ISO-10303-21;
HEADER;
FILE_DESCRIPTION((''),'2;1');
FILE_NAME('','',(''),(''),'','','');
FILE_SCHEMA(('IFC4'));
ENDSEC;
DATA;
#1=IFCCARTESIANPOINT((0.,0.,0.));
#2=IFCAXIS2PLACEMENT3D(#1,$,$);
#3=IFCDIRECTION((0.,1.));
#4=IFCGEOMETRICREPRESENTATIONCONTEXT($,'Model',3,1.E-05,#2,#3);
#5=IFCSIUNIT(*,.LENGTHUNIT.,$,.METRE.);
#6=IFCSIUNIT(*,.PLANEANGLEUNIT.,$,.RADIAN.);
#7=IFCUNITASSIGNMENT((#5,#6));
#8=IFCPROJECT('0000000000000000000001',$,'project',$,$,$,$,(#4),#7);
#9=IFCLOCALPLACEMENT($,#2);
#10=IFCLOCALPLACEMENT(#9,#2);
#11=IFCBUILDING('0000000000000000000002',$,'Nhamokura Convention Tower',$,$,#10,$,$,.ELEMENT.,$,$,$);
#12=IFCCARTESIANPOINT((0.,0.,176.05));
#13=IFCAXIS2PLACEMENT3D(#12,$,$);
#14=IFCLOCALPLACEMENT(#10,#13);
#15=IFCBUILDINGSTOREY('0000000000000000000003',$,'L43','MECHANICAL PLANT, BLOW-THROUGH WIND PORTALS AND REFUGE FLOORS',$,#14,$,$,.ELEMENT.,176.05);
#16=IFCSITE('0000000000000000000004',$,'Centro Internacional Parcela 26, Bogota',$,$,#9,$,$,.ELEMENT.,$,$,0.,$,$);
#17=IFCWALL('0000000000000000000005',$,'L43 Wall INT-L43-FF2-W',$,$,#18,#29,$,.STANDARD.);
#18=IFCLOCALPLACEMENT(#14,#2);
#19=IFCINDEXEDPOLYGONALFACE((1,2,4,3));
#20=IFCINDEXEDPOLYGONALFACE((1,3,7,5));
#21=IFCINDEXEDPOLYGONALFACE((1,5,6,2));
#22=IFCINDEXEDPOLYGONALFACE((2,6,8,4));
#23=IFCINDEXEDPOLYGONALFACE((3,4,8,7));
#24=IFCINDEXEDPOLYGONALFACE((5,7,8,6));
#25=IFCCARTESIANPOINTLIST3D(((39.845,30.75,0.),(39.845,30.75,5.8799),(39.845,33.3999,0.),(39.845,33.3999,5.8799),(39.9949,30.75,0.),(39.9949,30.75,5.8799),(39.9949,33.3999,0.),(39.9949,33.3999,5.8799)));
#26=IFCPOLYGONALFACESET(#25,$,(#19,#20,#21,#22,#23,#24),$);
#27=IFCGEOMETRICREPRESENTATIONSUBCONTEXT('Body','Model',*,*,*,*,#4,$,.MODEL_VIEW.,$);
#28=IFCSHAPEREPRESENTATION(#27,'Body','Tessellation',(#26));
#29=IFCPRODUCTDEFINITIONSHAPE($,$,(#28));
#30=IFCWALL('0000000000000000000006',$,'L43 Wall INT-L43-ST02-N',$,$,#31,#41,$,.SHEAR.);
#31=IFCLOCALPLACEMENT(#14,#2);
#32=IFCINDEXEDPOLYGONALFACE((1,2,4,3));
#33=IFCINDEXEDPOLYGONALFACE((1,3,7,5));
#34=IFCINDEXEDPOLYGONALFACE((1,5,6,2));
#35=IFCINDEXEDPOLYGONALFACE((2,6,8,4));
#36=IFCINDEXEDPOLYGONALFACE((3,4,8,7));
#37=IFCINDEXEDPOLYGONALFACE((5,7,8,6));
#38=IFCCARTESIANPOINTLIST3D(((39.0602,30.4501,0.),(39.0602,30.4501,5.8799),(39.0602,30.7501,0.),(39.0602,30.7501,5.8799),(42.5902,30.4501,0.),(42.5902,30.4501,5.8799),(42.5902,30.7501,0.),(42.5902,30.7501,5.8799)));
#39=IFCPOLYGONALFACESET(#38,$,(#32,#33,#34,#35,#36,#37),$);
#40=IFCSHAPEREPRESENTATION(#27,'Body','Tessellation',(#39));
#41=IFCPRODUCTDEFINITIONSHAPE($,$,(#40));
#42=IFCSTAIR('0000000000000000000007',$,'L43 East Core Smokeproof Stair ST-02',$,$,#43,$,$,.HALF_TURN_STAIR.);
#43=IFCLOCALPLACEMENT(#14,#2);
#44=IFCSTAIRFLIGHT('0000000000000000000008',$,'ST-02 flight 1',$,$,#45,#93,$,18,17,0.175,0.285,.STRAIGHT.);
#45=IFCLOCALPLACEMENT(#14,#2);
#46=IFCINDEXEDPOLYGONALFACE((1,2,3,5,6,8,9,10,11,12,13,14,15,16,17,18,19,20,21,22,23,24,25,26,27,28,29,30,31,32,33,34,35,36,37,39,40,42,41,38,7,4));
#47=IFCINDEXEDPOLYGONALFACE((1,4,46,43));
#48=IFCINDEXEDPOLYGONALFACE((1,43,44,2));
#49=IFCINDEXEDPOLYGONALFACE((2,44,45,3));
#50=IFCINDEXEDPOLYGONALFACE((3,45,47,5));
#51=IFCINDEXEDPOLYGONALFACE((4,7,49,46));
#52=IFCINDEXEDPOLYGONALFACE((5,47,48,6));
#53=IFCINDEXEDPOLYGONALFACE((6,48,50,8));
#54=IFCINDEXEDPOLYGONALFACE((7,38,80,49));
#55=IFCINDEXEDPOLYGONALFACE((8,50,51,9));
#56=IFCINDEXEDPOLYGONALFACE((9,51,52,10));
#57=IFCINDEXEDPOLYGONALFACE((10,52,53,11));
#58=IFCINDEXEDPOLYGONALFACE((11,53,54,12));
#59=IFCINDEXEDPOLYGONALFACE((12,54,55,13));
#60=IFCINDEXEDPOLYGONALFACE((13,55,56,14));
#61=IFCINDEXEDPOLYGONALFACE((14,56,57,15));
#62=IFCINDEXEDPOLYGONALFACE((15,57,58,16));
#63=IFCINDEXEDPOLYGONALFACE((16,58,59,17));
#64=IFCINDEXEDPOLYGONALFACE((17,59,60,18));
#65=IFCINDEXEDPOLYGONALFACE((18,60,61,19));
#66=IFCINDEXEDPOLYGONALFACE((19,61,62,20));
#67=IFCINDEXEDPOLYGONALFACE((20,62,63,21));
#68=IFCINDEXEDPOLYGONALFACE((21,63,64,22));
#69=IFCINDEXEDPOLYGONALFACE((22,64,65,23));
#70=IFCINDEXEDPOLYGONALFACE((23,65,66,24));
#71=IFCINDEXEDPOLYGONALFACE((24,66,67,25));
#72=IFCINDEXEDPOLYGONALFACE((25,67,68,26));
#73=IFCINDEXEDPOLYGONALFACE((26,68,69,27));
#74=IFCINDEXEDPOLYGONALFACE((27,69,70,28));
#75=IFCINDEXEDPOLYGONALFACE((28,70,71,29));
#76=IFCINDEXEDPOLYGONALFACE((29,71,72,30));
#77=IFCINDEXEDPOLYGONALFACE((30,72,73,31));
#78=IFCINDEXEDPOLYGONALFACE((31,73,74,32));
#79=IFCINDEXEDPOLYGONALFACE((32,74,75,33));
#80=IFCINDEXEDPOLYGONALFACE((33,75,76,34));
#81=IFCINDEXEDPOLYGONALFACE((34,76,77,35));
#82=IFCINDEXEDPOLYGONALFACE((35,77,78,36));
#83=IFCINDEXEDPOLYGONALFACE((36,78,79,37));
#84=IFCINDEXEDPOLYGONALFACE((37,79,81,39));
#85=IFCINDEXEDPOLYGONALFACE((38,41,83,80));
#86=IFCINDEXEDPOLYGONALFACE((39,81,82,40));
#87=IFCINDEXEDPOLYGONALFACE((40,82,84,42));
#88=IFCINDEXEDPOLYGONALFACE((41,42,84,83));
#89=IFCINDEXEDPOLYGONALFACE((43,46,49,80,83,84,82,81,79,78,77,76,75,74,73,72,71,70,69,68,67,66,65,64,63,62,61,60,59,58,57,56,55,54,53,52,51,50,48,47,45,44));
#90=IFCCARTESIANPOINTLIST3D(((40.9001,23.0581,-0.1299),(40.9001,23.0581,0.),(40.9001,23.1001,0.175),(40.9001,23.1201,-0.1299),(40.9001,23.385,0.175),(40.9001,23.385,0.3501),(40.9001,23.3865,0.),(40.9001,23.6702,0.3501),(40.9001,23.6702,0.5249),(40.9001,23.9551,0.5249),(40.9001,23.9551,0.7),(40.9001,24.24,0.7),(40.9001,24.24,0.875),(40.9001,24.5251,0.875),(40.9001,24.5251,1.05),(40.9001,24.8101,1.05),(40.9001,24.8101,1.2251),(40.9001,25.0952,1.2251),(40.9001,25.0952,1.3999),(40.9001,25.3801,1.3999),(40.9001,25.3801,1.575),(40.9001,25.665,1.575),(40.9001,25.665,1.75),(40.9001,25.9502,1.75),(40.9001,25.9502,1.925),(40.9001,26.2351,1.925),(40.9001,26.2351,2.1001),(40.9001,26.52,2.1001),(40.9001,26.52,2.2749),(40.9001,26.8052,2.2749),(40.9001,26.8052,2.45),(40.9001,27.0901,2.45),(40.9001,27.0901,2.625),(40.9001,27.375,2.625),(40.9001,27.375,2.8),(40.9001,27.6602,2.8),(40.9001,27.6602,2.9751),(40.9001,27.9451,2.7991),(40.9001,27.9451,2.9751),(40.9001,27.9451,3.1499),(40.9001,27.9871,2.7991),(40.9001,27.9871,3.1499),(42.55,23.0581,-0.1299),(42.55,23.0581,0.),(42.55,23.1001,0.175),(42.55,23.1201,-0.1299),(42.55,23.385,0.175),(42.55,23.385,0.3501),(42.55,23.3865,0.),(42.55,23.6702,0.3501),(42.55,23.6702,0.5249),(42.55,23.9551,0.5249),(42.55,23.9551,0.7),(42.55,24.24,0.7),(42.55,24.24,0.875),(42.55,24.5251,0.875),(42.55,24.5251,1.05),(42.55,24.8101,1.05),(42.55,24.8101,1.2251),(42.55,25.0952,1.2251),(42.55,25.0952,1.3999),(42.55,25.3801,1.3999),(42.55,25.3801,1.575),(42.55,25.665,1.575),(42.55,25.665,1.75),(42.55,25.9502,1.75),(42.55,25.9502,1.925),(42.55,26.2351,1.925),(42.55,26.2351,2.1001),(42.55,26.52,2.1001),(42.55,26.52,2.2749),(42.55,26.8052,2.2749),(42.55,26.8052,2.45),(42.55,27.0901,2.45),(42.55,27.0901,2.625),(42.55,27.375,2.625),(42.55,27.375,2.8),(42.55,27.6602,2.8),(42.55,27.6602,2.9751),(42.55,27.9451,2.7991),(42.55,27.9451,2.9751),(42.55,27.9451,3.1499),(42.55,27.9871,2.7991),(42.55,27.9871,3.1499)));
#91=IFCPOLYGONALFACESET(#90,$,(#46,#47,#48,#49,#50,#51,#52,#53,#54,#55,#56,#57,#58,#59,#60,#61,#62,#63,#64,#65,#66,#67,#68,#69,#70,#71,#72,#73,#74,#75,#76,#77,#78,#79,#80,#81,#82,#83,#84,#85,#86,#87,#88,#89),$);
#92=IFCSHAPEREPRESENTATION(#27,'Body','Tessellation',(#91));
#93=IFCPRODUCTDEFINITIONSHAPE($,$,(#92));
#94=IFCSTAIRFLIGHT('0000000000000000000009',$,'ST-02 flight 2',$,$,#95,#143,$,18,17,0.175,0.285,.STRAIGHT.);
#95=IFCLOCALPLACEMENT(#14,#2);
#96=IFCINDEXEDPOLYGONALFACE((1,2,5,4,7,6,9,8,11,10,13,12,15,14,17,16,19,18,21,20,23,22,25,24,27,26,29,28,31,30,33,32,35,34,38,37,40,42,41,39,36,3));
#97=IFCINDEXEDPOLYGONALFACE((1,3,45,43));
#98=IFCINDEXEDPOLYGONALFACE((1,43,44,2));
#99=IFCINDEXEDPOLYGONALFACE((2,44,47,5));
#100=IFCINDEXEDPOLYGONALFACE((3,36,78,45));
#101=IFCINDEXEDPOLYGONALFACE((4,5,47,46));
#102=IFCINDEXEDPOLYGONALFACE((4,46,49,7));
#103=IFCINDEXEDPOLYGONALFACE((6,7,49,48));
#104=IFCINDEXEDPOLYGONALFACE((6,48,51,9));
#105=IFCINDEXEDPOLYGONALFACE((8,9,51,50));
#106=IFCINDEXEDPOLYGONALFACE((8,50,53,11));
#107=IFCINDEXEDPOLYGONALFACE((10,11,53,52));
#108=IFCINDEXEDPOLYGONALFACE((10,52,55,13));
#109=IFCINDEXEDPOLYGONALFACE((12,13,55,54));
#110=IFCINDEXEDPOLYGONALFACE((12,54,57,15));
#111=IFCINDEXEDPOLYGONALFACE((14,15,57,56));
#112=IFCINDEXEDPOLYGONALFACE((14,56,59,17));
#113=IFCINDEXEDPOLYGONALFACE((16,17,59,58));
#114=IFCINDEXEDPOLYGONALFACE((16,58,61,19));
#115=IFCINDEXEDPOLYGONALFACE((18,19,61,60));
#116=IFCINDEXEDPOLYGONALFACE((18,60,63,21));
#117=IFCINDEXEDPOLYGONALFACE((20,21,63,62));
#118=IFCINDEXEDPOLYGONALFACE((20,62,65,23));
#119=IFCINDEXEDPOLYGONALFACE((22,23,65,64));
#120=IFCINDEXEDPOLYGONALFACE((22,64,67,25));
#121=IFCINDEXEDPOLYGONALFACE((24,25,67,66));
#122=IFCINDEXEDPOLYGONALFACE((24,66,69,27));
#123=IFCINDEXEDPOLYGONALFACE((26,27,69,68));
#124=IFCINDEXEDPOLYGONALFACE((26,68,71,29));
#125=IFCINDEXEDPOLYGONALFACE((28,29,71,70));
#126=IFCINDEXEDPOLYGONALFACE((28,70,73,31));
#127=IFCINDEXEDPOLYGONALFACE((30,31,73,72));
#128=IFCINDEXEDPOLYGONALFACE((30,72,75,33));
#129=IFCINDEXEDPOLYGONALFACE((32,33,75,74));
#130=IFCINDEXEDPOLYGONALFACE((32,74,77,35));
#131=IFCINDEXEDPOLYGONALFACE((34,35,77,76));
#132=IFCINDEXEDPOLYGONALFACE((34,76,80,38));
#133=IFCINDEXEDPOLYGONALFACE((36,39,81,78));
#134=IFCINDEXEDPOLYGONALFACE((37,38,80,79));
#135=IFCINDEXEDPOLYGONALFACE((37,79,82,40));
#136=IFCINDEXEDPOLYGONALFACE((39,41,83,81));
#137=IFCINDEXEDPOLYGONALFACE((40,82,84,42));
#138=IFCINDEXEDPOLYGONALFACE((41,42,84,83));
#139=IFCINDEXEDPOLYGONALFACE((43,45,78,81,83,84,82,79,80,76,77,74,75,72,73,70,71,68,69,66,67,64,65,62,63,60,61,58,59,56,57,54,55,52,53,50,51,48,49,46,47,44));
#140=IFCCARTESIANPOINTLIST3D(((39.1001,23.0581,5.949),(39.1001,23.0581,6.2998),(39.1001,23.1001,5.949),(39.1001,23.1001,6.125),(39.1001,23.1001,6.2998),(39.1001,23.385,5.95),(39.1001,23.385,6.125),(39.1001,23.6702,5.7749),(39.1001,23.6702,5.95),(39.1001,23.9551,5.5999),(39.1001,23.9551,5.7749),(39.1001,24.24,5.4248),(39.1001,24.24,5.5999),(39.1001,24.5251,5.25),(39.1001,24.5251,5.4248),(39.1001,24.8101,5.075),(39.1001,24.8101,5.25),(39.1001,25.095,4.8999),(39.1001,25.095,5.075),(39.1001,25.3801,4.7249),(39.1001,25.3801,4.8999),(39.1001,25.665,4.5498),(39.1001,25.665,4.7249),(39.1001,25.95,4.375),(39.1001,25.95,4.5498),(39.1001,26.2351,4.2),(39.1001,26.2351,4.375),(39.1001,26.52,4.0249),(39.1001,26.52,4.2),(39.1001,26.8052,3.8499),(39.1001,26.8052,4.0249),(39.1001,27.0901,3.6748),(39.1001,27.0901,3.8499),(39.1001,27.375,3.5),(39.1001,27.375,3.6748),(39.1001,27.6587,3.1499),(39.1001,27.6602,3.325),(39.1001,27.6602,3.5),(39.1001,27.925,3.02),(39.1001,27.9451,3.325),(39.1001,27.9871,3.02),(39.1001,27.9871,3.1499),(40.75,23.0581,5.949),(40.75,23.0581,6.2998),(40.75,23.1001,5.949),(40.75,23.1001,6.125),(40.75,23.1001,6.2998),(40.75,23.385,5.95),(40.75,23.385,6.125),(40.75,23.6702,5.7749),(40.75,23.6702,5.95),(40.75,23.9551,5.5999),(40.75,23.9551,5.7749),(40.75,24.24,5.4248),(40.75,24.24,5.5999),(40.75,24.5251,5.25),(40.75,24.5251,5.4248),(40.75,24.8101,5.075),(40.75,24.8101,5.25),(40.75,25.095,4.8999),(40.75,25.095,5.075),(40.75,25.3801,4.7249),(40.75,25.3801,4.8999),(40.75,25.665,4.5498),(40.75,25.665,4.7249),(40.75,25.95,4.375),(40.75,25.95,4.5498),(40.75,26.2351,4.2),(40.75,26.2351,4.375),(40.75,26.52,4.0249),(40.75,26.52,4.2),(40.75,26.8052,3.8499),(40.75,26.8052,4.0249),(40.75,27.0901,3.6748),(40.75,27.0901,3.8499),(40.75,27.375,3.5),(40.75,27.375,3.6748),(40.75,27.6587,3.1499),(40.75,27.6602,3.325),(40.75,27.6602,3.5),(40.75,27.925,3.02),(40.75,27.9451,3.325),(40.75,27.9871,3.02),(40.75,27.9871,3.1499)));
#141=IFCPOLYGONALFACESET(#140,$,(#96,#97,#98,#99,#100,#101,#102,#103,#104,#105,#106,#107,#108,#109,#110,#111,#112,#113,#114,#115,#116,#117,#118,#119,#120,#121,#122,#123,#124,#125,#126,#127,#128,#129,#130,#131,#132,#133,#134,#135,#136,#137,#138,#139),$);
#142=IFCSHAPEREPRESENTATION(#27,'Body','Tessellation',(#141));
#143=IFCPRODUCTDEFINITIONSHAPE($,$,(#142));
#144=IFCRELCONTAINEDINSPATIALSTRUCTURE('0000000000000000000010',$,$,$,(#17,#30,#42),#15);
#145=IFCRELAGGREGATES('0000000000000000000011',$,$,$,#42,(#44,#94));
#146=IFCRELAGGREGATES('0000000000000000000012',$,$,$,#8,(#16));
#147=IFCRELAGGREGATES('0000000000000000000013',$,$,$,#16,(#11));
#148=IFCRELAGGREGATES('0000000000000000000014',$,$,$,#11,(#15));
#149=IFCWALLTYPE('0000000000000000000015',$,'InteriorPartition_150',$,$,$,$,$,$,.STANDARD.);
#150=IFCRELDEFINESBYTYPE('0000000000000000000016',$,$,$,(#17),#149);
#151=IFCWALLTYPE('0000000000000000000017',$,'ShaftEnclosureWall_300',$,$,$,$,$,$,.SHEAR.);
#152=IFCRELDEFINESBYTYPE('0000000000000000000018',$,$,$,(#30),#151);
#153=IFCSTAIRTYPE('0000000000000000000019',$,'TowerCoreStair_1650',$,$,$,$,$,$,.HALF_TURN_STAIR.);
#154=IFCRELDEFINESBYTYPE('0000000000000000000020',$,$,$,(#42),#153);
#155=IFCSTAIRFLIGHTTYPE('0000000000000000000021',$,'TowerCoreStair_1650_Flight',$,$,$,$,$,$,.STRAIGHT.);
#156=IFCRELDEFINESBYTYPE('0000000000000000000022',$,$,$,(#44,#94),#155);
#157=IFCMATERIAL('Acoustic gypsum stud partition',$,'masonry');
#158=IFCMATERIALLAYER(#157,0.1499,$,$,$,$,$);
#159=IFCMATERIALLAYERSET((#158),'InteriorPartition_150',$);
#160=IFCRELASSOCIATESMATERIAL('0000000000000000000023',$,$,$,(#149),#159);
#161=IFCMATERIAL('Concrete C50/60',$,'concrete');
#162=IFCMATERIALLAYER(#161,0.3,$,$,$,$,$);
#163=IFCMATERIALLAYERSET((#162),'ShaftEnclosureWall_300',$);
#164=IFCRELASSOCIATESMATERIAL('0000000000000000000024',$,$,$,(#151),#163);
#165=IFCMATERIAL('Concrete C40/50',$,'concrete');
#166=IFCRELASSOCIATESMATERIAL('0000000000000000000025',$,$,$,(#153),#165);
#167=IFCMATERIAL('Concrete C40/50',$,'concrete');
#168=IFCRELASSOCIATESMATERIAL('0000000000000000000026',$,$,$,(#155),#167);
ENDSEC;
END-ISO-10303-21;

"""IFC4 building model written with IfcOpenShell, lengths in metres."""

from ifc_helpers import new_model, si_unit, direction, frame, frame_2d, origin, place, context, subcontext, project, spatial, polyline, rectangle, outline, extrude, material, layer, layer_set, type_object, element, aggregate, save


model = new_model("IFC4")

# Units and contexts
model_context = context("Model", 3, precision=1e-05, world=origin(), true_north=direction((0.0, 1.0)))
body_context = subcontext(model_context, "Body", "Model", "MODEL_VIEW")
ifc_project = project(units=[si_unit("LENGTHUNIT", "METRE"), si_unit("PLANEANGLEUNIT", "RADIAN")], contexts=[model_context])

# Site, building, storey
site_placement = place(None, origin())
site = spatial("IfcSite", under=ifc_project, at=site_placement, Name="Centro Internacional Parcela 26, Bogota", CompositionType="ELEMENT", RefElevation=0.0)
building_placement = place(site_placement, origin())
building = spatial("IfcBuilding", under=site, at=building_placement, Name="Nhamokura Convention Tower", CompositionType="ELEMENT")
storey_placement = place(building_placement, frame((0.0, 0.0, 176.05)))
storey = spatial("IfcBuildingStorey", under=building, at=storey_placement, Name="L43", Description="MECHANICAL PLANT, BLOW-THROUGH WIND PORTALS AND REFUGE FLOORS", CompositionType="ELEMENT", Elevation=176.05)

# Walls
ifc_material_1 = material(Name="Acoustic gypsum stud partition", Category="masonry")
ifc_layer_1 = layer(ifc_material_1, 0.1499)
ifc_layer_set_1 = layer_set([ifc_layer_1], Name="InteriorPartition_150")
wall_type_1 = type_object("IfcWallType", Name="InteriorPartition_150", PredefinedType="STANDARD", material=ifc_layer_set_1)
wall_1_placement = place(storey_placement, frame((39.9199, 30.75, 0.0), z_axis=(0.0, 0.0, 1.0), x_axis=(0.0, 1.0, 0.0)))
element("IfcWall", 1, at=wall_1_placement, inside=storey, type_object=wall_type_1, Name="L43 Wall INT-L43-FF2-W", PredefinedType="STANDARD", context=body_context, shape_type="SweptSolid", body=[
    extrude(rectangle(XDim=2.6499, YDim=0.1499, at=frame_2d((1.325, 0.0))), origin(), (0.0, 0.0, 1.0), 5.8799),
])
ifc_material_2 = material(Name="Concrete C50/60", Category="concrete")
ifc_layer_2 = layer(ifc_material_2, 0.3)
ifc_layer_set_2 = layer_set([ifc_layer_2], Name="ShaftEnclosureWall_300")
wall_type_2 = type_object("IfcWallType", Name="ShaftEnclosureWall_300", PredefinedType="SHEAR", material=ifc_layer_set_2)
wall_2_placement = place(storey_placement, frame((39.0601, 30.6001, 0.0), z_axis=(0.0, 0.0, 1.0), x_axis=(1.0, 0.0, 0.0)))
element("IfcWall", 2, at=wall_2_placement, inside=storey, type_object=wall_type_2, Name="L43 Wall INT-L43-ST02-N", PredefinedType="SHEAR", context=body_context, shape_type="SweptSolid", body=[
    extrude(rectangle(XDim=3.53, YDim=0.3, at=frame_2d((1.7651, 0.0))), origin(), (0.0, 0.0, 1.0), 5.8799),
])

# Stair, stair flights
ifc_material_3 = material(Name="Concrete C40/50", Category="concrete")
stair_type = type_object("IfcStairType", Name="TowerCoreStair_1650", PredefinedType="HALF_TURN_STAIR", material=ifc_material_3)
stair_placement = place(storey_placement, origin())
stair = element("IfcStair", 3, at=stair_placement, inside=storey, type_object=stair_type, Name="L43 East Core Smokeproof Stair ST-02", PredefinedType="HALF_TURN_STAIR")
ifc_material_4 = material(Name="Concrete C40/50", Category="concrete")
stair_flight_type = type_object("IfcStairFlightType", Name="TowerCoreStair_1650_Flight", PredefinedType="STRAIGHT", material=ifc_material_4)
stair_flight_1_placement = place(storey_placement, frame((41.7251, 23.1001, 0.0), z_axis=(0.0, 0.0, 1.0), x_axis=(0.0, 1.0, 0.0)))
stair_flight_1 = element("IfcStairFlight", 4, at=stair_flight_1_placement, type_object=stair_flight_type, Name="ST-02 flight 1", NumberOfRisers=18, NumberOfTreads=17, PredefinedType="STRAIGHT", RiserHeight=0.175, TreadLength=0.285, context=body_context, shape_type="SweptSolid", body=[
    extrude(outline(polyline([(-0.042, 0.0), (0.0, 0.175), (0.2849, 0.175), (0.2849, 0.3501), (0.5701, 0.3501), (0.5701, 0.5249), (0.855, 0.5249), (0.855, 0.7), (1.1399, 0.7), (1.1399, 0.875), (1.425, 0.875), (1.425, 1.05), (1.71, 1.05), (1.71, 1.2251), (1.9951, 1.2251), (1.9951, 1.3999), (2.28, 1.3999), (2.28, 1.575), (2.5649, 1.575), (2.5649, 1.75), (2.8501, 1.75), (2.8501, 1.925), (3.135, 1.925), (3.135, 2.1001), (3.4199, 2.1001), (3.4199, 2.2749), (3.7051, 2.2749), (3.7051, 2.45), (3.99, 2.45), (3.99, 2.625), (4.2749, 2.625), (4.2749, 2.8), (4.5601, 2.8), (4.5601, 2.9751), (4.845, 2.9751), (4.845, 3.1499), (4.887, 3.1499), (4.887, 2.7991), (4.845, 2.7991), (0.2864, 0.0), (0.02, -0.1299), (-0.042, -0.1299), (-0.042, 0.0)])), frame((0.0, 0.825, 0.0), z_axis=(0.0, -1.0, 0.0), x_axis=(1.0, 0.0, 0.0)), (0.0, 0.0, 1.0), 1.6499),
])
stair_flight_2_placement = place(storey_placement, frame((39.925, 27.9451, 3.1499), z_axis=(0.0, 0.0, 1.0), x_axis=(0.0, -1.0, 0.0)))
stair_flight_2 = element("IfcStairFlight", 5, at=stair_flight_2_placement, type_object=stair_flight_type, Name="ST-02 flight 2", NumberOfRisers=18, NumberOfTreads=17, PredefinedType="STRAIGHT", RiserHeight=0.175, TreadLength=0.285, context=body_context, shape_type="SweptSolid", body=[
    extrude(outline(polyline([(-0.042, 0.0), (0.0, 0.175), (0.2849, 0.175), (0.2849, 0.3501), (0.5701, 0.3501), (0.5701, 0.5249), (0.855, 0.5249), (0.855, 0.7), (1.1399, 0.7), (1.1399, 0.875), (1.425, 0.875), (1.425, 1.05), (1.71, 1.05), (1.71, 1.2251), (1.9951, 1.2251), (1.9951, 1.3999), (2.28, 1.3999), (2.28, 1.575), (2.5649, 1.575), (2.5649, 1.75), (2.8501, 1.75), (2.8501, 1.925), (3.135, 1.925), (3.135, 2.1001), (3.4199, 2.1001), (3.4199, 2.2749), (3.7051, 2.2749), (3.7051, 2.45), (3.99, 2.45), (3.99, 2.625), (4.2749, 2.625), (4.2749, 2.8), (4.5601, 2.8), (4.5601, 2.9751), (4.845, 2.9751), (4.845, 3.1499), (4.887, 3.1499), (4.887, 2.7991), (4.845, 2.7991), (0.2864, 0.0), (0.02, -0.1299), (-0.042, -0.1299), (-0.042, 0.0)])), frame((0.0, 0.825, 0.0), z_axis=(0.0, -1.0, 0.0), x_axis=(1.0, 0.0, 0.0)), (0.0, 0.0, 1.0), 1.6499),
])
aggregate(stair, [stair_flight_1, stair_flight_2])

save(model, "model.ifc")
